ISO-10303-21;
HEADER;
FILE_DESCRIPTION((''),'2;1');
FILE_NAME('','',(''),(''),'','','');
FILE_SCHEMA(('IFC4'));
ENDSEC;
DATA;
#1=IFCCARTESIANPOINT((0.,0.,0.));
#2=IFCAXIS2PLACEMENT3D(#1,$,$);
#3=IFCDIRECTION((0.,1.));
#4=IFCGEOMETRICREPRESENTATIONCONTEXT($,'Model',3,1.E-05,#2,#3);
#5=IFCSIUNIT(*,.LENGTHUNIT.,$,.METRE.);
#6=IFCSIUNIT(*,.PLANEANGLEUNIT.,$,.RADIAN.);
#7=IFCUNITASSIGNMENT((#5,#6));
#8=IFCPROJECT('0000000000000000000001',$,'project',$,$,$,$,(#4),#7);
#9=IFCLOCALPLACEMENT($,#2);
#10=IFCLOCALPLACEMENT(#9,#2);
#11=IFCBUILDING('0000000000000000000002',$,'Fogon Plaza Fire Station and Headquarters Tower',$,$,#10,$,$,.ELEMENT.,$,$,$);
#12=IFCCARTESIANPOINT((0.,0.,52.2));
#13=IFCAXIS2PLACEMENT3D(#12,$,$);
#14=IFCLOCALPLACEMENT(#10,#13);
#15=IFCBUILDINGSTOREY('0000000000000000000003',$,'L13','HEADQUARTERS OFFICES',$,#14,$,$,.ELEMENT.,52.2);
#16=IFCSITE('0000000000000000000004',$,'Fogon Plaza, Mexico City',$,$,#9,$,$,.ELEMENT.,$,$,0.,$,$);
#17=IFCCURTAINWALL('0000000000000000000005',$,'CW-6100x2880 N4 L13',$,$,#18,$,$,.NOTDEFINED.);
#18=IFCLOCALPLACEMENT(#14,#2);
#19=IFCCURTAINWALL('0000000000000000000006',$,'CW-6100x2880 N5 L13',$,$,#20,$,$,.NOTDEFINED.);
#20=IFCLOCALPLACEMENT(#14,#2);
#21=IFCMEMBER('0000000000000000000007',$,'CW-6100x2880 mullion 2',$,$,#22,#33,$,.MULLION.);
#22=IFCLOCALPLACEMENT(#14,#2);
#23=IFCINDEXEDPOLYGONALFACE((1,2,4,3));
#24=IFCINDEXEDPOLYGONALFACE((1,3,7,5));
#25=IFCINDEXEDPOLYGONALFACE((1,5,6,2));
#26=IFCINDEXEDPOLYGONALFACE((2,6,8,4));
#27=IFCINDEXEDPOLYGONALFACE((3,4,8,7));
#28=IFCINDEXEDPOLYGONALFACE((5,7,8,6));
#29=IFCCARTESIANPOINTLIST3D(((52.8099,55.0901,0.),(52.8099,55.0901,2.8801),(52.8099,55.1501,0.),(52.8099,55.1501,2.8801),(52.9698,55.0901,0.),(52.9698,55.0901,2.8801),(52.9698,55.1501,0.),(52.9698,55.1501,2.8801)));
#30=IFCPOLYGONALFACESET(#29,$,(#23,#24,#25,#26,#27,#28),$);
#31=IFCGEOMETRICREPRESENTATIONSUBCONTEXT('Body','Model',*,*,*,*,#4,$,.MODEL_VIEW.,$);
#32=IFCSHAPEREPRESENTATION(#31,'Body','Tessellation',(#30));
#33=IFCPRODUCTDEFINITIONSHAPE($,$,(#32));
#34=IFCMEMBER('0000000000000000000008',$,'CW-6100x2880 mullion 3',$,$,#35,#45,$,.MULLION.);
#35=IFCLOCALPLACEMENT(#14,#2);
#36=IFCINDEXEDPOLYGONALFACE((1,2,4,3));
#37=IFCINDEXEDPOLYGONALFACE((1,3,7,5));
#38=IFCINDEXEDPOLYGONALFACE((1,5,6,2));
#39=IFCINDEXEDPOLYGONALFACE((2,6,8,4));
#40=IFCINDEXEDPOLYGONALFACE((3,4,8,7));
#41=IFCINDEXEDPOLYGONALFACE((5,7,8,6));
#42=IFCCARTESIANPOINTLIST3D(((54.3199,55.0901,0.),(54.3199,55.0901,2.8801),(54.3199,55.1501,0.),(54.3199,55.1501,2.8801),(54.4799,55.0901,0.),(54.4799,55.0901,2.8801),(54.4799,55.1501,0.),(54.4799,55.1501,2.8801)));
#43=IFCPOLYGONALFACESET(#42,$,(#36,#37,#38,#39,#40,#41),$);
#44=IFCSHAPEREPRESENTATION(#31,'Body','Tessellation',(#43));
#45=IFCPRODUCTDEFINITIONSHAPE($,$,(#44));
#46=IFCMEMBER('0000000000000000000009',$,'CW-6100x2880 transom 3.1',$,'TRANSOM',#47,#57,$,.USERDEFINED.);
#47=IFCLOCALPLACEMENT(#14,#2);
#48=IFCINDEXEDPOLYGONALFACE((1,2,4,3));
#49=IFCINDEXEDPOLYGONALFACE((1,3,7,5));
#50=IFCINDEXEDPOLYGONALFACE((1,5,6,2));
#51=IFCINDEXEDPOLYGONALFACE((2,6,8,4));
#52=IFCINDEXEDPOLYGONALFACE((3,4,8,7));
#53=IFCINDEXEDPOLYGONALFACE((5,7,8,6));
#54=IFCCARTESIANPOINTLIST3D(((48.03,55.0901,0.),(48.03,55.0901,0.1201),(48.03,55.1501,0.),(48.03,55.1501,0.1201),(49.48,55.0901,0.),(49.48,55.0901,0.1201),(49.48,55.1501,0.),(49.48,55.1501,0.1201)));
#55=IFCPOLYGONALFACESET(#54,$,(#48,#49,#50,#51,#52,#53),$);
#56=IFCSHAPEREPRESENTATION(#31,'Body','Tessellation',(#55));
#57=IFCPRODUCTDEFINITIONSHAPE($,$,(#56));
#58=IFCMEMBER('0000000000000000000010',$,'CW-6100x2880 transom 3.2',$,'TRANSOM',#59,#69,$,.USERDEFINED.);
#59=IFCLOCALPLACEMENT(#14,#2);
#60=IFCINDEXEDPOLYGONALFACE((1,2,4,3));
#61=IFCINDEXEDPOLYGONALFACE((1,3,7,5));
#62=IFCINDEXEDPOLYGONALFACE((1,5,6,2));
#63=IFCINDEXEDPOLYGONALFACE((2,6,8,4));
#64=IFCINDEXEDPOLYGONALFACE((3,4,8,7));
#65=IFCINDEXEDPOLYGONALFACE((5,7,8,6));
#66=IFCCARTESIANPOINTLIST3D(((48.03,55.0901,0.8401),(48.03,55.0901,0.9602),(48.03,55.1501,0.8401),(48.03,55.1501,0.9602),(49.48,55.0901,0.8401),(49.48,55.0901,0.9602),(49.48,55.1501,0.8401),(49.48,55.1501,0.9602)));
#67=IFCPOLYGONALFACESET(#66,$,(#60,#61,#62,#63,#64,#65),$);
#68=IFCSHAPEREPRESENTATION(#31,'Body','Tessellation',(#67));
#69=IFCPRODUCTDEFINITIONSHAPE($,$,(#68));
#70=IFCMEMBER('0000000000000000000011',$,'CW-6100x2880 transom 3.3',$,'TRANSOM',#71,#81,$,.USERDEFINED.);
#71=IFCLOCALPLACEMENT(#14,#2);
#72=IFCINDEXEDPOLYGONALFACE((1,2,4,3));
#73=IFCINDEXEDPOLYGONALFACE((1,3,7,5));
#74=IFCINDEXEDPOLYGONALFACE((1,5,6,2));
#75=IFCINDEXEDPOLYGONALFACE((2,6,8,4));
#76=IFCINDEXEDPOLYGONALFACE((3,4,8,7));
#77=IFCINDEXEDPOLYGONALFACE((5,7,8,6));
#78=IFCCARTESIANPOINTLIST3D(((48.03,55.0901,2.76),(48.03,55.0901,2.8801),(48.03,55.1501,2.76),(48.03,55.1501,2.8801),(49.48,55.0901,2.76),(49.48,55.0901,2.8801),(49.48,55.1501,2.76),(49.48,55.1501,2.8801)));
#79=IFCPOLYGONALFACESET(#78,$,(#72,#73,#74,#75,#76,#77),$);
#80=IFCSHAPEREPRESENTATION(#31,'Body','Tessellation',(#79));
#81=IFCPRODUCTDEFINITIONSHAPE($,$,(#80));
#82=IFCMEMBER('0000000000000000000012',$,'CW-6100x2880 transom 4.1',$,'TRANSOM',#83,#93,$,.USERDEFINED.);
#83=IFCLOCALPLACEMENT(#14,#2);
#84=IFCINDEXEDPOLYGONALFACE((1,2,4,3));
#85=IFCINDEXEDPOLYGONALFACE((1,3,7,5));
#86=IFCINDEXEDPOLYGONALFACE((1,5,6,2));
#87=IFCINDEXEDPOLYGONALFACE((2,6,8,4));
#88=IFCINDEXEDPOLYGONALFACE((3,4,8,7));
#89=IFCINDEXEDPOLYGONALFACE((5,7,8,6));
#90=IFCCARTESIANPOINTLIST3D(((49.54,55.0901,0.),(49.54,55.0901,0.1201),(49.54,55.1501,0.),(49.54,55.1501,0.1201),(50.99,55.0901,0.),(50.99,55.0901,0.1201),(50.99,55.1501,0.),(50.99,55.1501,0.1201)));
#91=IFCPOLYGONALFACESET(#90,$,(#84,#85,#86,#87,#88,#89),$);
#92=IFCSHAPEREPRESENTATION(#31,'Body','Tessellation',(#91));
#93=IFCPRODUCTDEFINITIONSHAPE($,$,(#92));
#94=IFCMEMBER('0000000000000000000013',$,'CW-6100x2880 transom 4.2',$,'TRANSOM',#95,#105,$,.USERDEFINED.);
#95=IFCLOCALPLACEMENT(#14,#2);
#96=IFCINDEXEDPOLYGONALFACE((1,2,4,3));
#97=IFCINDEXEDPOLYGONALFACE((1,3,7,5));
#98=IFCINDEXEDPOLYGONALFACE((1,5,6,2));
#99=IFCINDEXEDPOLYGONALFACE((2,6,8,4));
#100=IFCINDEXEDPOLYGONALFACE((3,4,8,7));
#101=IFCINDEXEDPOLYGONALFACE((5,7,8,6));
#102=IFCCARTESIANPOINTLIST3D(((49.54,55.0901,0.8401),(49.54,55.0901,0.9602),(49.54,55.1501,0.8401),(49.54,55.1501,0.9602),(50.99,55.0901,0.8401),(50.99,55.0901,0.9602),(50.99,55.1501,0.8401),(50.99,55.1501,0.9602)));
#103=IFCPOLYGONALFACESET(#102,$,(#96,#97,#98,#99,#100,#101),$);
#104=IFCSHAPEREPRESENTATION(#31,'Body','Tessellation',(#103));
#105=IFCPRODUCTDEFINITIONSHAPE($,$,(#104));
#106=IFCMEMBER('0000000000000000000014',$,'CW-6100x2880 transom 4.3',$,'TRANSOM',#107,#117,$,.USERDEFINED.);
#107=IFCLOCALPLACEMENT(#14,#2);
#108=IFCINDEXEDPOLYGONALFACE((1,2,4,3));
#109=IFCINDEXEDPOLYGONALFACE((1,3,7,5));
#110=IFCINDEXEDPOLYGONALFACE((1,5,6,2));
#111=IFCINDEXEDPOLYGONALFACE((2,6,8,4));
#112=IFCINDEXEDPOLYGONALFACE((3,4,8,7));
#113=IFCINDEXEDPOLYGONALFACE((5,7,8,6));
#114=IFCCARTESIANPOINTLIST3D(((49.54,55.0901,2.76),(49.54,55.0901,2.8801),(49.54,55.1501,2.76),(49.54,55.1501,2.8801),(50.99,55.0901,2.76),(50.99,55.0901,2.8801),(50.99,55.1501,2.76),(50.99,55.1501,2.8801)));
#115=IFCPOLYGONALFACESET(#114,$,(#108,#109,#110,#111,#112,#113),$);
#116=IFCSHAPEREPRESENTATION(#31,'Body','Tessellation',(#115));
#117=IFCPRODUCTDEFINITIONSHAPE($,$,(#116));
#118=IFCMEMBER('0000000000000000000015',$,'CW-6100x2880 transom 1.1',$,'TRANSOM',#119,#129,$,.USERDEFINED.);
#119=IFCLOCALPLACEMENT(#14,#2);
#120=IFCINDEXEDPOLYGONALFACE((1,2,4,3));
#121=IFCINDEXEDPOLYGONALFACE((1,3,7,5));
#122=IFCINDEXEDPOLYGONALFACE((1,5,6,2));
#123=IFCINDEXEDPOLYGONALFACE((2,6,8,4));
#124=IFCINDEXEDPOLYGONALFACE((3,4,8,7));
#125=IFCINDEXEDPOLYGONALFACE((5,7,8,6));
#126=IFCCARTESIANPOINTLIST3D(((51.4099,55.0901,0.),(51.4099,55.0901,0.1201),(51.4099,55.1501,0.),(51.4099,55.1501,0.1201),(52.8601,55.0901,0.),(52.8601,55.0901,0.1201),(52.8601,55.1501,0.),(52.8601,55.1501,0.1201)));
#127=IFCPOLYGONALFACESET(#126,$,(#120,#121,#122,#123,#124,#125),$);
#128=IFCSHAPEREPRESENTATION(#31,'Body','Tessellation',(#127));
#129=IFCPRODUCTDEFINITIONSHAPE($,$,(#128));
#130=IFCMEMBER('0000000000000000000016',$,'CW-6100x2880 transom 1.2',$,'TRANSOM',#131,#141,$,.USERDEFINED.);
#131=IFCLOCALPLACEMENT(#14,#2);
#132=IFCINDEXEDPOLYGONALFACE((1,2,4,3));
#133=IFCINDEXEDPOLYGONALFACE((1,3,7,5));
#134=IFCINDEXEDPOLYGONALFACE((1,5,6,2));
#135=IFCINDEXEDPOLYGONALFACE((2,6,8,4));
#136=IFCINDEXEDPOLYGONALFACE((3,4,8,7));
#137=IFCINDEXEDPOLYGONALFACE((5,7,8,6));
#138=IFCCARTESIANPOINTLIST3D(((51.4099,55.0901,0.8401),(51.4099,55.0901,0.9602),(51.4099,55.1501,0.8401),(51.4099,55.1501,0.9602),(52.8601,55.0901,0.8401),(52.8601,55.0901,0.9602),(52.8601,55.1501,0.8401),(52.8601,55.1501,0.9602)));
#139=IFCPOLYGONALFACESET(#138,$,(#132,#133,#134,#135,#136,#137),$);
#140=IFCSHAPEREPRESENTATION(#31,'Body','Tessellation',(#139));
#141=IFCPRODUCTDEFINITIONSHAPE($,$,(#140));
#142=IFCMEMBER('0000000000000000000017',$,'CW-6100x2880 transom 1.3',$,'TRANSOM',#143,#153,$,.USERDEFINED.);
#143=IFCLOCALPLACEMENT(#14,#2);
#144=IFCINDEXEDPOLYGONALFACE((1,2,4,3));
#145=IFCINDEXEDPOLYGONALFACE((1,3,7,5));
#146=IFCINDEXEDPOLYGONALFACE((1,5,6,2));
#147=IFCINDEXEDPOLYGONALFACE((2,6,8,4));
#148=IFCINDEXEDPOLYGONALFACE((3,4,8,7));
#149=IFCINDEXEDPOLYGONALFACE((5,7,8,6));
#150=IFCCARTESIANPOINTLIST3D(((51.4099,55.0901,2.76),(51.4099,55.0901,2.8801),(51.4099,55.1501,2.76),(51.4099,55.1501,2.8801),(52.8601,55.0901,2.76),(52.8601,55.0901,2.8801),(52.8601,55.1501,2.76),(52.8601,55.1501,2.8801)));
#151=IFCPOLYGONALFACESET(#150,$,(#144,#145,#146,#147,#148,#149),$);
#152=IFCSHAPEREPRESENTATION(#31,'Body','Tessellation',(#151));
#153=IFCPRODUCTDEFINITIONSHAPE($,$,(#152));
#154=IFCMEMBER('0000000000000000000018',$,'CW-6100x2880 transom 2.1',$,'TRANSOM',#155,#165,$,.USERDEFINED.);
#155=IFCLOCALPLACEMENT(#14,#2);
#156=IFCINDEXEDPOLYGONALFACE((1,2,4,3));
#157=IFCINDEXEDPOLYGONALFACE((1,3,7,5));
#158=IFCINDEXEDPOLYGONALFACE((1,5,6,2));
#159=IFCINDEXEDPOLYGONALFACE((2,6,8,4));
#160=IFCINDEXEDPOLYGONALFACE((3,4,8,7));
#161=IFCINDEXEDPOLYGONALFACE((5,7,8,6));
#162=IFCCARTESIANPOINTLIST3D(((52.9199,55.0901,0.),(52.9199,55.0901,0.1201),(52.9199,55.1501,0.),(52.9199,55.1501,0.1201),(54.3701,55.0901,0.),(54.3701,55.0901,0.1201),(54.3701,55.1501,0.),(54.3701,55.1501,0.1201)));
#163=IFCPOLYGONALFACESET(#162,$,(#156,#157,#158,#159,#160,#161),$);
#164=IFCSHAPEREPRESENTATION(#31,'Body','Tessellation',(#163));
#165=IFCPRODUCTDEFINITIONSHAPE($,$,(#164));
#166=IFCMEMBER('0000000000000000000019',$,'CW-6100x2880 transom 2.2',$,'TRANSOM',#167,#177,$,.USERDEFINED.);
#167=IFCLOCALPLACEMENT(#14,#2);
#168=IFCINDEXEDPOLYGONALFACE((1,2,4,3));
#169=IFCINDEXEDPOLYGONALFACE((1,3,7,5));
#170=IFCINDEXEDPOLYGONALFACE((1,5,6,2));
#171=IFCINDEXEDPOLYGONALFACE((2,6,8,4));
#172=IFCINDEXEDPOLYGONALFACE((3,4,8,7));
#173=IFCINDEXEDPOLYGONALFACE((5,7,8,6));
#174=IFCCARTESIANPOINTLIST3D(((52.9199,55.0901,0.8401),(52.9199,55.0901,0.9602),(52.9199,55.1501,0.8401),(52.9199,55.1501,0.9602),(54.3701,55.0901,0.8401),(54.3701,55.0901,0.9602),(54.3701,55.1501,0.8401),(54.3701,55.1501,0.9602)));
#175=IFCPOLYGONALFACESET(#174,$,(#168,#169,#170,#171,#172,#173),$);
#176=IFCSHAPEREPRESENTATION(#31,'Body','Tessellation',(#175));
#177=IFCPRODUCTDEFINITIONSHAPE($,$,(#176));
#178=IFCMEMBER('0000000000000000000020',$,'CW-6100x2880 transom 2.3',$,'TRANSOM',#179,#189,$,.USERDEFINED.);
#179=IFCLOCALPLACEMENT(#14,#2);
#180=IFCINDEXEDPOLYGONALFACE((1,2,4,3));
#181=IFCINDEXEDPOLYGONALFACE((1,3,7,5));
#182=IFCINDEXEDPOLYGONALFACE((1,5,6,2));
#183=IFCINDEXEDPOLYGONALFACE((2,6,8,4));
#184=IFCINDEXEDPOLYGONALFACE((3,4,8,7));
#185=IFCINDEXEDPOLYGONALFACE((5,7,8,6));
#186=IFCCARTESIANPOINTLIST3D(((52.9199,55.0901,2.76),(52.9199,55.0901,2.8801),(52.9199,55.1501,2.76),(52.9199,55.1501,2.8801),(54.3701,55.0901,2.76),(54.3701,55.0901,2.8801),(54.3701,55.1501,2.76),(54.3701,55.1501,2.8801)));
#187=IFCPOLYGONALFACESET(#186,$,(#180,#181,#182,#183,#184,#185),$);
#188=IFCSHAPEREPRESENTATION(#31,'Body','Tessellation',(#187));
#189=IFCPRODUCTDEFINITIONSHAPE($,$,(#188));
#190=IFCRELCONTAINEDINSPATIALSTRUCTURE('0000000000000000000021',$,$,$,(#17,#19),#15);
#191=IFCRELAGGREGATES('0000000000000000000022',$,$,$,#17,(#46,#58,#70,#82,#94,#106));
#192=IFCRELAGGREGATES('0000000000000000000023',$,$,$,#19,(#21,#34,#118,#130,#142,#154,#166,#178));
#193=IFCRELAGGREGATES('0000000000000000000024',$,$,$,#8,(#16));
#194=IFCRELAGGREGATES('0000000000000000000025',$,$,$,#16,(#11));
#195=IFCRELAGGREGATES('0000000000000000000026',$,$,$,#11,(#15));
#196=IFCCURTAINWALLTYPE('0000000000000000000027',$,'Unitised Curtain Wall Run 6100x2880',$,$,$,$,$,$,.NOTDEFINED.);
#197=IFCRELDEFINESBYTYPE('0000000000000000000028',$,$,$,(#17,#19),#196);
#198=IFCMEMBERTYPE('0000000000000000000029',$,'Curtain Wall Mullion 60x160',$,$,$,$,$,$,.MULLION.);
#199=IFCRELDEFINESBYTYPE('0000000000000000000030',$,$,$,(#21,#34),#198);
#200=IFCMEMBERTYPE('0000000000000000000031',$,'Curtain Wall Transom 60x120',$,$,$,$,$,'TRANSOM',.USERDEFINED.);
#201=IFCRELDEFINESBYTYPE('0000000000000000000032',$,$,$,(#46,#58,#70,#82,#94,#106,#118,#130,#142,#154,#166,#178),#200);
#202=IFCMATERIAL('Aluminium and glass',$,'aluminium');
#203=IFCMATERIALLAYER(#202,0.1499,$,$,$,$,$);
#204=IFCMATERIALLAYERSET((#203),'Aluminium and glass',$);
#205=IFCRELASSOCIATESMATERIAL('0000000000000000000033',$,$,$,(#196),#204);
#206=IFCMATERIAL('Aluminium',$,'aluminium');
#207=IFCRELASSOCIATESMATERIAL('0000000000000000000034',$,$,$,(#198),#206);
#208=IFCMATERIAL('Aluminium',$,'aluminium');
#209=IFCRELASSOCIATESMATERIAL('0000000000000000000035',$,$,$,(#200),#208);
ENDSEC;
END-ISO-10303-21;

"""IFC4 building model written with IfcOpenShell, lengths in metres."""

from ifc_helpers import new_model, si_unit, direction, frame, origin, origin_2d, place, context, subcontext, project, spatial, rectangle, extrude, material, layer, layer_set, material_profile, profile_set, type_object, element, aggregate, save


model = new_model("IFC4")

# Units and contexts
model_context = context("Model", 3, precision=1e-05, world=origin(), true_north=direction((0.0, 1.0)))
body_context = subcontext(model_context, "Body", "Model", "MODEL_VIEW")
ifc_project = project(units=[si_unit("LENGTHUNIT", "METRE"), si_unit("PLANEANGLEUNIT", "RADIAN")], contexts=[model_context])

# Site, building, storey
site_placement = place(None, origin())
site = spatial("IfcSite", under=ifc_project, at=site_placement, Name="Fogon Plaza, Mexico City", CompositionType="ELEMENT", RefElevation=0.0)
building_placement = place(site_placement, origin())
building = spatial("IfcBuilding", under=site, at=building_placement, Name="Fogon Plaza Fire Station and Headquarters Tower", CompositionType="ELEMENT")
storey_placement = place(building_placement, frame((0.0, 0.0, 52.2)))
storey = spatial("IfcBuildingStorey", under=building, at=storey_placement, Name="L13", Description="HEADQUARTERS OFFICES", CompositionType="ELEMENT", Elevation=52.2)

# Curtain walls, members
ifc_material_1 = material(Name="Aluminium and glass", Category="aluminium")
ifc_layer_1 = layer(ifc_material_1, 0.1499)
ifc_layer_set_1 = layer_set([ifc_layer_1], Name="Aluminium and glass")
curtain_wall_type = type_object("IfcCurtainWallType", Name="Unitised Curtain Wall Run 6100x2880", PredefinedType="NOTDEFINED", material=ifc_layer_set_1)
curtain_wall_1_placement = place(storey_placement, origin())
curtain_wall_1 = element("IfcCurtainWall", 1, at=curtain_wall_1_placement, inside=storey, type_object=curtain_wall_type, Name="CW-6100x2880 N4 L13", PredefinedType="NOTDEFINED")
ifc_material_2 = material(Name="Aluminium", Category="aluminium")
ifc_material_profile_1 = material_profile(ifc_material_2, rectangle(XDim=0.0601, YDim=0.1599, at=origin_2d()), Name="Curtain Wall Mullion 60x160")
ifc_profile_set_1 = profile_set([ifc_material_profile_1], Name="Aluminium")
member_type_1 = type_object("IfcMemberType", Name="Curtain Wall Mullion 60x160", PredefinedType="MULLION", material=ifc_profile_set_1)
curtain_wall_2_placement = place(storey_placement, origin())
curtain_wall_2 = element("IfcCurtainWall", 2, at=curtain_wall_2_placement, inside=storey, type_object=curtain_wall_type, Name="CW-6100x2880 N5 L13", PredefinedType="NOTDEFINED")
member_1_placement = place(storey_placement, frame((52.8899, 55.1201, 0.0), z_axis=(0.0, 0.0, 1.0), x_axis=(0.0, 1.0, 0.0)))
member_1 = element("IfcMember", 3, at=member_1_placement, type_object=member_type_1, Name="CW-6100x2880 mullion 2", PredefinedType="MULLION", context=body_context, shape_type="SweptSolid", body=[
    extrude(rectangle(XDim=0.0601, YDim=0.1599, at=origin_2d()), origin(), (0.0, 0.0, 1.0), 2.8801),
])
member_2_placement = place(storey_placement, frame((54.3999, 55.1201, 0.0), z_axis=(0.0, 0.0, 1.0), x_axis=(0.0, 1.0, 0.0)))
member_2 = element("IfcMember", 4, at=member_2_placement, type_object=member_type_1, Name="CW-6100x2880 mullion 3", PredefinedType="MULLION", context=body_context, shape_type="SweptSolid", body=[
    extrude(rectangle(XDim=0.0601, YDim=0.1599, at=origin_2d()), origin(), (0.0, 0.0, 1.0), 2.8801),
])

# Members
ifc_material_3 = material(Name="Aluminium", Category="aluminium")
ifc_material_profile_2 = material_profile(ifc_material_3, rectangle(XDim=0.0601, YDim=0.1201, at=origin_2d()), Name="Curtain Wall Transom 60x120")
ifc_profile_set_2 = profile_set([ifc_material_profile_2], Name="Aluminium")
member_type_2 = type_object("IfcMemberType", Name="Curtain Wall Transom 60x120", ElementType="TRANSOM", PredefinedType="USERDEFINED", material=ifc_profile_set_2)
member_3_placement = place(storey_placement, frame((48.03, 55.1201, 0.0601), z_axis=(1.0, 0.0, 0.0), x_axis=(0.0, 1.0, 0.0)))
member_3 = element("IfcMember", 5, at=member_3_placement, type_object=member_type_2, Name="CW-6100x2880 transom 3.1", ObjectType="TRANSOM", PredefinedType="USERDEFINED", context=body_context, shape_type="SweptSolid", body=[
    extrude(rectangle(XDim=0.0601, YDim=0.1201, at=origin_2d()), origin(), (0.0, 0.0, 1.0), 1.45),
])
member_4_placement = place(storey_placement, frame((48.03, 55.1201, 0.9001), z_axis=(1.0, 0.0, 0.0), x_axis=(0.0, 1.0, 0.0)))
member_4 = element("IfcMember", 6, at=member_4_placement, type_object=member_type_2, Name="CW-6100x2880 transom 3.2", ObjectType="TRANSOM", PredefinedType="USERDEFINED", context=body_context, shape_type="SweptSolid", body=[
    extrude(rectangle(XDim=0.0601, YDim=0.1201, at=origin_2d()), origin(), (0.0, 0.0, 1.0), 1.45),
])
member_5_placement = place(storey_placement, frame((48.03, 55.1201, 2.8201), z_axis=(1.0, 0.0, 0.0), x_axis=(0.0, 1.0, 0.0)))
member_5 = element("IfcMember", 7, at=member_5_placement, type_object=member_type_2, Name="CW-6100x2880 transom 3.3", ObjectType="TRANSOM", PredefinedType="USERDEFINED", context=body_context, shape_type="SweptSolid", body=[
    extrude(rectangle(XDim=0.0601, YDim=0.1201, at=origin_2d()), origin(), (0.0, 0.0, 1.0), 1.45),
])
member_6_placement = place(storey_placement, frame((49.54, 55.1201, 0.0601), z_axis=(1.0, 0.0, 0.0), x_axis=(0.0, 1.0, 0.0)))
member_6 = element("IfcMember", 8, at=member_6_placement, type_object=member_type_2, Name="CW-6100x2880 transom 4.1", ObjectType="TRANSOM", PredefinedType="USERDEFINED", context=body_context, shape_type="SweptSolid", body=[
    extrude(rectangle(XDim=0.0601, YDim=0.1201, at=origin_2d()), origin(), (0.0, 0.0, 1.0), 1.45),
])
member_7_placement = place(storey_placement, frame((49.54, 55.1201, 0.9001), z_axis=(1.0, 0.0, 0.0), x_axis=(0.0, 1.0, 0.0)))
member_7 = element("IfcMember", 9, at=member_7_placement, type_object=member_type_2, Name="CW-6100x2880 transom 4.2", ObjectType="TRANSOM", PredefinedType="USERDEFINED", context=body_context, shape_type="SweptSolid", body=[
    extrude(rectangle(XDim=0.0601, YDim=0.1201, at=origin_2d()), origin(), (0.0, 0.0, 1.0), 1.45),
])
member_8_placement = place(storey_placement, frame((49.54, 55.1201, 2.8201), z_axis=(1.0, 0.0, 0.0), x_axis=(0.0, 1.0, 0.0)))
member_8 = element("IfcMember", 10, at=member_8_placement, type_object=member_type_2, Name="CW-6100x2880 transom 4.3", ObjectType="TRANSOM", PredefinedType="USERDEFINED", context=body_context, shape_type="SweptSolid", body=[
    extrude(rectangle(XDim=0.0601, YDim=0.1201, at=origin_2d()), origin(), (0.0, 0.0, 1.0), 1.45),
])
member_9_placement = place(storey_placement, frame((51.4099, 55.1201, 0.0601), z_axis=(1.0, 0.0, 0.0), x_axis=(0.0, 1.0, 0.0)))
member_9 = element("IfcMember", 11, at=member_9_placement, type_object=member_type_2, Name="CW-6100x2880 transom 1.1", ObjectType="TRANSOM", PredefinedType="USERDEFINED", context=body_context, shape_type="SweptSolid", body=[
    extrude(rectangle(XDim=0.0601, YDim=0.1201, at=origin_2d()), origin(), (0.0, 0.0, 1.0), 1.4502),
])
member_10_placement = place(storey_placement, frame((51.4099, 55.1201, 0.9001), z_axis=(1.0, 0.0, 0.0), x_axis=(0.0, 1.0, 0.0)))
member_10 = element("IfcMember", 12, at=member_10_placement, type_object=member_type_2, Name="CW-6100x2880 transom 1.2", ObjectType="TRANSOM", PredefinedType="USERDEFINED", context=body_context, shape_type="SweptSolid", body=[
    extrude(rectangle(XDim=0.0601, YDim=0.1201, at=origin_2d()), origin(), (0.0, 0.0, 1.0), 1.4502),
])
member_11_placement = place(storey_placement, frame((51.4099, 55.1201, 2.8201), z_axis=(1.0, 0.0, 0.0), x_axis=(0.0, 1.0, 0.0)))
member_11 = element("IfcMember", 13, at=member_11_placement, type_object=member_type_2, Name="CW-6100x2880 transom 1.3", ObjectType="TRANSOM", PredefinedType="USERDEFINED", context=body_context, shape_type="SweptSolid", body=[
    extrude(rectangle(XDim=0.0601, YDim=0.1201, at=origin_2d()), origin(), (0.0, 0.0, 1.0), 1.4502),
])
member_12_placement = place(storey_placement, frame((52.9199, 55.1201, 0.0601), z_axis=(1.0, 0.0, 0.0), x_axis=(0.0, 1.0, 0.0)))
member_12 = element("IfcMember", 14, at=member_12_placement, type_object=member_type_2, Name="CW-6100x2880 transom 2.1", ObjectType="TRANSOM", PredefinedType="USERDEFINED", context=body_context, shape_type="SweptSolid", body=[
    extrude(rectangle(XDim=0.0601, YDim=0.1201, at=origin_2d()), origin(), (0.0, 0.0, 1.0), 1.4502),
])
member_13_placement = place(storey_placement, frame((52.9199, 55.1201, 0.9001), z_axis=(1.0, 0.0, 0.0), x_axis=(0.0, 1.0, 0.0)))
member_13 = element("IfcMember", 15, at=member_13_placement, type_object=member_type_2, Name="CW-6100x2880 transom 2.2", ObjectType="TRANSOM", PredefinedType="USERDEFINED", context=body_context, shape_type="SweptSolid", body=[
    extrude(rectangle(XDim=0.0601, YDim=0.1201, at=origin_2d()), origin(), (0.0, 0.0, 1.0), 1.4502),
])
member_14_placement = place(storey_placement, frame((52.9199, 55.1201, 2.8201), z_axis=(1.0, 0.0, 0.0), x_axis=(0.0, 1.0, 0.0)))
member_14 = element("IfcMember", 16, at=member_14_placement, type_object=member_type_2, Name="CW-6100x2880 transom 2.3", ObjectType="TRANSOM", PredefinedType="USERDEFINED", context=body_context, shape_type="SweptSolid", body=[
    extrude(rectangle(XDim=0.0601, YDim=0.1201, at=origin_2d()), origin(), (0.0, 0.0, 1.0), 1.4502),
])

aggregate(curtain_wall_1, [member_3, member_4, member_5, member_6, member_7, member_8])
aggregate(curtain_wall_2, [member_1, member_2, member_9, member_10, member_11, member_12, member_13, member_14])

save(model, "model.ifc")
